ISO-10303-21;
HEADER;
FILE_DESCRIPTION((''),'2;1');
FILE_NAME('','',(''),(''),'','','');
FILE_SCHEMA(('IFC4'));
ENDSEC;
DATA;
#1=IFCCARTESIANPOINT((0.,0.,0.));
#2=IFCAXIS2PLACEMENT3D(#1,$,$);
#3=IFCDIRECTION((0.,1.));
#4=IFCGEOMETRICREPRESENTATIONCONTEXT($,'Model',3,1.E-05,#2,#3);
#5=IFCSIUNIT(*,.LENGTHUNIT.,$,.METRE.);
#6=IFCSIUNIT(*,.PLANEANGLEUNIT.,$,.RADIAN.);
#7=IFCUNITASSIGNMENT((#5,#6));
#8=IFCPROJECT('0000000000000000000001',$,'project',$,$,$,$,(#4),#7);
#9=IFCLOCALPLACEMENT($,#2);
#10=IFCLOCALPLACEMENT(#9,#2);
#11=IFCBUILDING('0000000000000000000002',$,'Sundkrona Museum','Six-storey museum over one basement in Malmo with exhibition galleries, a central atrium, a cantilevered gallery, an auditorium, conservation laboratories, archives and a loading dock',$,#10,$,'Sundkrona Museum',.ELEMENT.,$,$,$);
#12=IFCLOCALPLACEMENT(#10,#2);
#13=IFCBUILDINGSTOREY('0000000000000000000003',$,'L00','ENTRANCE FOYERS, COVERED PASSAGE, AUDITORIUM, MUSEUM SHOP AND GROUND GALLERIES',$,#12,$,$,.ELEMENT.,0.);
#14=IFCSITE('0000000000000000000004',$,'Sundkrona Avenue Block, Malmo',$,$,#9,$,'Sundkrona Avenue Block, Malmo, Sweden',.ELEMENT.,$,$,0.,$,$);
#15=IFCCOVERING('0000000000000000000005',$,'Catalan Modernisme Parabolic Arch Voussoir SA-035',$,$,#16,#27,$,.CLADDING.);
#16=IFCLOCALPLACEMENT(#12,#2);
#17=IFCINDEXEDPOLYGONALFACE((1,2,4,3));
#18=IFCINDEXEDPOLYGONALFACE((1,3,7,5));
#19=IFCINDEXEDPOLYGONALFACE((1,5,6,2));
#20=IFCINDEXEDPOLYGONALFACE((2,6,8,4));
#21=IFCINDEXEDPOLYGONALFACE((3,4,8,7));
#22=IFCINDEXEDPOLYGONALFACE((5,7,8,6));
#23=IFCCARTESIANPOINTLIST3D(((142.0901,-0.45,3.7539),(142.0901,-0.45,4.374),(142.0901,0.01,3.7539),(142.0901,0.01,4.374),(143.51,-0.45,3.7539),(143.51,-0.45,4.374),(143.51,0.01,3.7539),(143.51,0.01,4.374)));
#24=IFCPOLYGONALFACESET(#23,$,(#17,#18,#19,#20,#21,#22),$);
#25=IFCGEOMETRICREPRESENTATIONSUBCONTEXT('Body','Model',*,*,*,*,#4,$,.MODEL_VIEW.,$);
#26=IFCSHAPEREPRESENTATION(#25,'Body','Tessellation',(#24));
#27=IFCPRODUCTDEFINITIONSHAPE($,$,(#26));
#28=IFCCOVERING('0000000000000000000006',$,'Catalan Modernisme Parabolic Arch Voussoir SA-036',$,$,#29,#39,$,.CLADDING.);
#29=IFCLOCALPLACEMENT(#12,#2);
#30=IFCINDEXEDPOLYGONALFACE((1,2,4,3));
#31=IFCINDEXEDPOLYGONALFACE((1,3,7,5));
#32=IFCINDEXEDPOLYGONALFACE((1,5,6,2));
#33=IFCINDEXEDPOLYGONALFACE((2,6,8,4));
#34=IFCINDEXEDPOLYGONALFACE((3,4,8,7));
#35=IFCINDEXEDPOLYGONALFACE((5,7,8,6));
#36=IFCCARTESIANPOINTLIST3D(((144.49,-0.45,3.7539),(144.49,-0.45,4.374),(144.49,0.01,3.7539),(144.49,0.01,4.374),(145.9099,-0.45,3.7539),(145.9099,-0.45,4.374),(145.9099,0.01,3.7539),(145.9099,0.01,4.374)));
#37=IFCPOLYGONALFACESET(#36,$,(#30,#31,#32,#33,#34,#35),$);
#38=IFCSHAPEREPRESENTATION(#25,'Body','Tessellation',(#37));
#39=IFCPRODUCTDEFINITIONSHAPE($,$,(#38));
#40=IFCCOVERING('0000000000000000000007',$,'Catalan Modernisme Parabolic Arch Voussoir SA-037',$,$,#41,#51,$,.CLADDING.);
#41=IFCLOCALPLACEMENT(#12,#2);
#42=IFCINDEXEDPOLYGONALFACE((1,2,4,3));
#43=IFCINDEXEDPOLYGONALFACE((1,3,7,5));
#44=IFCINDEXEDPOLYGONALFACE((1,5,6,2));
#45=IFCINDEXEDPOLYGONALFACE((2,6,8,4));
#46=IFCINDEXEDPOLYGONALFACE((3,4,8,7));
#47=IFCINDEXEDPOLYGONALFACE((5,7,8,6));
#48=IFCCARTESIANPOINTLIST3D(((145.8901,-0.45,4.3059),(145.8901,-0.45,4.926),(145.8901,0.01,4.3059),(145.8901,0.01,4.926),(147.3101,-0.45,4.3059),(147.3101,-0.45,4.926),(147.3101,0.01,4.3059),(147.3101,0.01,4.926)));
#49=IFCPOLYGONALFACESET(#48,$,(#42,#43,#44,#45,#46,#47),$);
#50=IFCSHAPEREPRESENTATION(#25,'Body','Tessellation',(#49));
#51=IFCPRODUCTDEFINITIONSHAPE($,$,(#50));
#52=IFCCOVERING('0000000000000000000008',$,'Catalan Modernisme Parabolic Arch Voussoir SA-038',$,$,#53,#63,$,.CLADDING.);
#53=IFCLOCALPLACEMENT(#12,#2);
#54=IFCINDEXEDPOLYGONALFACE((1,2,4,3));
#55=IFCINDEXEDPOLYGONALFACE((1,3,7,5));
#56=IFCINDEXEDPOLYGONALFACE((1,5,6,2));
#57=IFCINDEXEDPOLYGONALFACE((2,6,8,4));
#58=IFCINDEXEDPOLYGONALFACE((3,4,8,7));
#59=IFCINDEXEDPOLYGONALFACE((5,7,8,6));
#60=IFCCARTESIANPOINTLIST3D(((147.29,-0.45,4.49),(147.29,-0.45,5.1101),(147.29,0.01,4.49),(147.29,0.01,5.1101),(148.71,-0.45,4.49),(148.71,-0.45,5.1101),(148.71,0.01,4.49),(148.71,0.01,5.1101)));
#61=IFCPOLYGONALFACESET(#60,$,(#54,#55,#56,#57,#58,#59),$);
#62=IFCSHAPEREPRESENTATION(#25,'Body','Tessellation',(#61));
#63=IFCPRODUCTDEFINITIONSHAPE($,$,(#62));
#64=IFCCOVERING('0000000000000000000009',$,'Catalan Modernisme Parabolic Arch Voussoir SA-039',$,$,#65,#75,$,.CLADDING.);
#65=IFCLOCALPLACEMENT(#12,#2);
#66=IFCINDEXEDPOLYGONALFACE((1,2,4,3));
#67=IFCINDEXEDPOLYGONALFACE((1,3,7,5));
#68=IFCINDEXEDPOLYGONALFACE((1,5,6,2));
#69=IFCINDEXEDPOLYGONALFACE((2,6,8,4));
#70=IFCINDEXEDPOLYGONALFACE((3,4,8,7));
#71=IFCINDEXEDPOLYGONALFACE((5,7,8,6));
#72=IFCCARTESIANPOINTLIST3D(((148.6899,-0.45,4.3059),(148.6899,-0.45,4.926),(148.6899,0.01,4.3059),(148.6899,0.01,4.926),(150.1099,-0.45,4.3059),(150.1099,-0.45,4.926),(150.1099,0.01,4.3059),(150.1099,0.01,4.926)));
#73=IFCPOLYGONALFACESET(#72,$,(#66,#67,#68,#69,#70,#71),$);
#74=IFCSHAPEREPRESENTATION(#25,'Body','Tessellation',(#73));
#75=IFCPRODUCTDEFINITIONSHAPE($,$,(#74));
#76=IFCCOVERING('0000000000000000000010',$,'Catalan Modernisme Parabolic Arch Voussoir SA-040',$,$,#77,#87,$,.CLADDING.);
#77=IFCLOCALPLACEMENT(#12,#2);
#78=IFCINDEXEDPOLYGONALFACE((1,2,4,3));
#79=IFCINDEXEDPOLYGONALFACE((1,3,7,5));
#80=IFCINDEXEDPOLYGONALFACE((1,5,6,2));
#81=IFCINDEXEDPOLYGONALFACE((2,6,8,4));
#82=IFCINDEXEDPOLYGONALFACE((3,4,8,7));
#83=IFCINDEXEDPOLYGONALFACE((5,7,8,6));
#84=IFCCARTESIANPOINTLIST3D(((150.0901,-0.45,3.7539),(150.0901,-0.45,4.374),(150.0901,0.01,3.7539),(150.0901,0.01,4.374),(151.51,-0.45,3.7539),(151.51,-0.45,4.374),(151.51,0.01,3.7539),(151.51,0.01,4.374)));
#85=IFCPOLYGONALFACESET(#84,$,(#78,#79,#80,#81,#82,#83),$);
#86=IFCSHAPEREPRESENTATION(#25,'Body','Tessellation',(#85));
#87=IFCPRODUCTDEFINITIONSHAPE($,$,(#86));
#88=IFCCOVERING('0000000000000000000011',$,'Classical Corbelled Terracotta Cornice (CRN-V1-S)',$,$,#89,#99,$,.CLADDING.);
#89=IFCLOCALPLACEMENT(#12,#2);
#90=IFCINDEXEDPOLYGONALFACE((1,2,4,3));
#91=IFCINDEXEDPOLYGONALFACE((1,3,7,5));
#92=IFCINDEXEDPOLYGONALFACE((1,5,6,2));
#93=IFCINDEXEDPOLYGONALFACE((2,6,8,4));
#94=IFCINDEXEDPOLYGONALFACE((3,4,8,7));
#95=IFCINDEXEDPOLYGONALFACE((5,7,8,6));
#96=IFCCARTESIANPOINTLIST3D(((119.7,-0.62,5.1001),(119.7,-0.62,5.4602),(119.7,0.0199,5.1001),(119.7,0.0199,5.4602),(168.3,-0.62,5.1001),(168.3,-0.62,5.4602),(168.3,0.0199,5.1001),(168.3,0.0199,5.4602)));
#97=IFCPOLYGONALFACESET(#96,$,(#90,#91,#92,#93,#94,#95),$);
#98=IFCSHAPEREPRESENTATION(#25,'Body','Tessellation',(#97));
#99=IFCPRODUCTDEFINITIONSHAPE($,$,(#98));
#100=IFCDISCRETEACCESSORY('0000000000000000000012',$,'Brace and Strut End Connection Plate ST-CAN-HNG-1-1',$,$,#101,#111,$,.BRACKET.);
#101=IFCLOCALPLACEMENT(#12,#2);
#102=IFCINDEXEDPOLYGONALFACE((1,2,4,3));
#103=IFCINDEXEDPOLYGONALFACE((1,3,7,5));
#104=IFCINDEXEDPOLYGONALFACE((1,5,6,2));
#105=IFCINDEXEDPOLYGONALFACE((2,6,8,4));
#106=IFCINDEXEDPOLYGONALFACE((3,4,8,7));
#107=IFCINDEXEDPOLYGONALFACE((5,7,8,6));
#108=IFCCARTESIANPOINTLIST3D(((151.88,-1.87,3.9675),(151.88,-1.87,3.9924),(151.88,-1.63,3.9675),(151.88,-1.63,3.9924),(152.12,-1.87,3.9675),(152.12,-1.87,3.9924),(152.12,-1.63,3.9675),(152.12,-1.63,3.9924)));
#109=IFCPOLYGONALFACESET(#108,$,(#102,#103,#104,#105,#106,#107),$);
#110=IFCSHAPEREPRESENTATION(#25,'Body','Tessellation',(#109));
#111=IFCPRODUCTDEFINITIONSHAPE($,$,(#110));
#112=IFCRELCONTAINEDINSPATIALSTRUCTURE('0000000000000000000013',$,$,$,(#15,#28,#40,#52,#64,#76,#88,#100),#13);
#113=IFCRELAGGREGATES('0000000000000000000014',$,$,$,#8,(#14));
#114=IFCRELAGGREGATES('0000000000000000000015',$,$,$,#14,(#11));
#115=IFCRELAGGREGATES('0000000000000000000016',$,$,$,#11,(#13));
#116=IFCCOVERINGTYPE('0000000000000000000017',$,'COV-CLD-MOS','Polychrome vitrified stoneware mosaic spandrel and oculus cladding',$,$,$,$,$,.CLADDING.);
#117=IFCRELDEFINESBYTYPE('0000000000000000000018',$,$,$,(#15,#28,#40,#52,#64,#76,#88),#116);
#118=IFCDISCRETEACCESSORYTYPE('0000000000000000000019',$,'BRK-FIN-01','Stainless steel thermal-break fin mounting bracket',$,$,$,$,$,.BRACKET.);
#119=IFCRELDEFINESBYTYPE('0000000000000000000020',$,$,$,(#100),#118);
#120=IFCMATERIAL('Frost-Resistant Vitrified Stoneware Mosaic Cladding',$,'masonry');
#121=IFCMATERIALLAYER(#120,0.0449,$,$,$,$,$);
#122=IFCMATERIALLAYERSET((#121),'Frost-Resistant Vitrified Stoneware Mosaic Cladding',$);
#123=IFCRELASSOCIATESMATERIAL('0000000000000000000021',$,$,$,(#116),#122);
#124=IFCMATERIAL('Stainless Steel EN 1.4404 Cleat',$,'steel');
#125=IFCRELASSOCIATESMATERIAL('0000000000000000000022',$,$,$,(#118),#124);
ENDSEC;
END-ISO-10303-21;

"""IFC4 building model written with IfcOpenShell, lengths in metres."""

from ifc_helpers import new_model, si_unit, direction, frame, origin, origin_2d, place, context, subcontext, project, spatial, rectangle, extrude, material, layer, layer_set, type_object, element, save


model = new_model("IFC4")

# Units and contexts
model_context = context("Model", 3, precision=1e-05, world=origin(), true_north=direction((0.0, 1.0)))
body_context = subcontext(model_context, "Body", "Model", "MODEL_VIEW")
ifc_project = project(units=[si_unit("LENGTHUNIT", "METRE"), si_unit("PLANEANGLEUNIT", "RADIAN")], contexts=[model_context])

# Site, building, storey
site_placement = place(None, origin())
site = spatial("IfcSite", under=ifc_project, at=site_placement, Name="Sundkrona Avenue Block, Malmo", LongName="Sundkrona Avenue Block, Malmo, Sweden", CompositionType="ELEMENT", RefElevation=0.0)
building_placement = place(site_placement, origin())
building = spatial("IfcBuilding", under=site, at=building_placement, Name="Sundkrona Museum", Description="Six-storey museum over one basement in Malmo with exhibition galleries, a central atrium, a cantilevered gallery, an auditorium, conservation laboratories, archives and a loading dock", LongName="Sundkrona Museum", CompositionType="ELEMENT")
storey_placement = place(building_placement, origin())
storey = spatial("IfcBuildingStorey", under=building, at=storey_placement, Name="L00", Description="ENTRANCE FOYERS, COVERED PASSAGE, AUDITORIUM, MUSEUM SHOP AND GROUND GALLERIES", CompositionType="ELEMENT", Elevation=0.0)

# Coverings
ifc_material_1 = material(Name="Frost-Resistant Vitrified Stoneware Mosaic Cladding", Category="masonry")
ifc_layer_1 = layer(ifc_material_1, 0.0449)
ifc_layer_set_1 = layer_set([ifc_layer_1], Name="Frost-Resistant Vitrified Stoneware Mosaic Cladding")
covering_type = type_object("IfcCoveringType", Name="COV-CLD-MOS", Description="Polychrome vitrified stoneware mosaic spandrel and oculus cladding", PredefinedType="CLADDING", material=ifc_layer_set_1)
for number, where, z_axis, x_axis, name in (
    (1, (142.8, -0.22, 3.7539), (0.0, 0.0, 1.0), (1.0, 0.0, 0.0), "Catalan Modernisme Parabolic Arch Voussoir SA-035"),
    (2, (145.2, -0.22, 3.7539), (0.0, 0.0, 1.0), (1.0, 0.0, 0.0), "Catalan Modernisme Parabolic Arch Voussoir SA-036"),
    (3, (146.6001, -0.22, 4.3059), (0.0, 0.0, 1.0), (1.0, 0.0, 0.0), "Catalan Modernisme Parabolic Arch Voussoir SA-037"),
    (4, (148.0, -0.22, 4.49), (0.0, 0.0, 1.0), (1.0, 0.0, 0.0), "Catalan Modernisme Parabolic Arch Voussoir SA-038"),
    (5, (149.3999, -0.22, 4.3059), (0.0, 0.0, 1.0), (1.0, 0.0, 0.0), "Catalan Modernisme Parabolic Arch Voussoir SA-039"),
    (6, (150.8, -0.22, 3.7539), (0.0, 0.0, 1.0), (1.0, 0.0, 0.0), "Catalan Modernisme Parabolic Arch Voussoir SA-040"),
):
    element("IfcCovering", number, at=place(storey_placement, frame(where, z_axis=z_axis, x_axis=x_axis)), inside=storey, type_object=covering_type, Name=name, PredefinedType="CLADDING", context=body_context, shape_type="SweptSolid", body=[
        extrude(rectangle(XDim=1.4199, YDim=0.46, at=origin_2d()), origin(), (0.0, 0.0, 1.0), 0.6201),
    ])
covering_placement = place(storey_placement, frame((144.0, -0.3, 5.1001), z_axis=(0.0, 0.0, 1.0), x_axis=(1.0, 0.0, 0.0)))
element("IfcCovering", 7, at=covering_placement, inside=storey, type_object=covering_type, Name="Classical Corbelled Terracotta Cornice (CRN-V1-S)", PredefinedType="CLADDING", context=body_context, shape_type="SweptSolid", body=[
    extrude(rectangle(XDim=48.6001, YDim=0.6399, at=origin_2d()), origin(), (0.0, 0.0, 1.0), 0.3601),
])

# Discrete accessory
ifc_material_2 = material(Name="Stainless Steel EN 1.4404 Cleat", Category="steel")
discrete_accessory_type = type_object("IfcDiscreteAccessoryType", Name="BRK-FIN-01", Description="Stainless steel thermal-break fin mounting bracket", PredefinedType="BRACKET", material=ifc_material_2)
discrete_accessory_placement = place(storey_placement, frame((152.0, -1.75, 3.9675), z_axis=(0.0, 0.0, 1.0), x_axis=(1.0, 0.0, 0.0)))
element("IfcDiscreteAccessory", 8, at=discrete_accessory_placement, inside=storey, type_object=discrete_accessory_type, Name="Brace and Strut End Connection Plate ST-CAN-HNG-1-1", PredefinedType="BRACKET", context=body_context, shape_type="SweptSolid", body=[
    extrude(rectangle(XDim=0.24, YDim=0.24, at=origin_2d()), origin(), (0.0, 0.0, 1.0), 0.0249),
])

save(model, "model.ifc")
